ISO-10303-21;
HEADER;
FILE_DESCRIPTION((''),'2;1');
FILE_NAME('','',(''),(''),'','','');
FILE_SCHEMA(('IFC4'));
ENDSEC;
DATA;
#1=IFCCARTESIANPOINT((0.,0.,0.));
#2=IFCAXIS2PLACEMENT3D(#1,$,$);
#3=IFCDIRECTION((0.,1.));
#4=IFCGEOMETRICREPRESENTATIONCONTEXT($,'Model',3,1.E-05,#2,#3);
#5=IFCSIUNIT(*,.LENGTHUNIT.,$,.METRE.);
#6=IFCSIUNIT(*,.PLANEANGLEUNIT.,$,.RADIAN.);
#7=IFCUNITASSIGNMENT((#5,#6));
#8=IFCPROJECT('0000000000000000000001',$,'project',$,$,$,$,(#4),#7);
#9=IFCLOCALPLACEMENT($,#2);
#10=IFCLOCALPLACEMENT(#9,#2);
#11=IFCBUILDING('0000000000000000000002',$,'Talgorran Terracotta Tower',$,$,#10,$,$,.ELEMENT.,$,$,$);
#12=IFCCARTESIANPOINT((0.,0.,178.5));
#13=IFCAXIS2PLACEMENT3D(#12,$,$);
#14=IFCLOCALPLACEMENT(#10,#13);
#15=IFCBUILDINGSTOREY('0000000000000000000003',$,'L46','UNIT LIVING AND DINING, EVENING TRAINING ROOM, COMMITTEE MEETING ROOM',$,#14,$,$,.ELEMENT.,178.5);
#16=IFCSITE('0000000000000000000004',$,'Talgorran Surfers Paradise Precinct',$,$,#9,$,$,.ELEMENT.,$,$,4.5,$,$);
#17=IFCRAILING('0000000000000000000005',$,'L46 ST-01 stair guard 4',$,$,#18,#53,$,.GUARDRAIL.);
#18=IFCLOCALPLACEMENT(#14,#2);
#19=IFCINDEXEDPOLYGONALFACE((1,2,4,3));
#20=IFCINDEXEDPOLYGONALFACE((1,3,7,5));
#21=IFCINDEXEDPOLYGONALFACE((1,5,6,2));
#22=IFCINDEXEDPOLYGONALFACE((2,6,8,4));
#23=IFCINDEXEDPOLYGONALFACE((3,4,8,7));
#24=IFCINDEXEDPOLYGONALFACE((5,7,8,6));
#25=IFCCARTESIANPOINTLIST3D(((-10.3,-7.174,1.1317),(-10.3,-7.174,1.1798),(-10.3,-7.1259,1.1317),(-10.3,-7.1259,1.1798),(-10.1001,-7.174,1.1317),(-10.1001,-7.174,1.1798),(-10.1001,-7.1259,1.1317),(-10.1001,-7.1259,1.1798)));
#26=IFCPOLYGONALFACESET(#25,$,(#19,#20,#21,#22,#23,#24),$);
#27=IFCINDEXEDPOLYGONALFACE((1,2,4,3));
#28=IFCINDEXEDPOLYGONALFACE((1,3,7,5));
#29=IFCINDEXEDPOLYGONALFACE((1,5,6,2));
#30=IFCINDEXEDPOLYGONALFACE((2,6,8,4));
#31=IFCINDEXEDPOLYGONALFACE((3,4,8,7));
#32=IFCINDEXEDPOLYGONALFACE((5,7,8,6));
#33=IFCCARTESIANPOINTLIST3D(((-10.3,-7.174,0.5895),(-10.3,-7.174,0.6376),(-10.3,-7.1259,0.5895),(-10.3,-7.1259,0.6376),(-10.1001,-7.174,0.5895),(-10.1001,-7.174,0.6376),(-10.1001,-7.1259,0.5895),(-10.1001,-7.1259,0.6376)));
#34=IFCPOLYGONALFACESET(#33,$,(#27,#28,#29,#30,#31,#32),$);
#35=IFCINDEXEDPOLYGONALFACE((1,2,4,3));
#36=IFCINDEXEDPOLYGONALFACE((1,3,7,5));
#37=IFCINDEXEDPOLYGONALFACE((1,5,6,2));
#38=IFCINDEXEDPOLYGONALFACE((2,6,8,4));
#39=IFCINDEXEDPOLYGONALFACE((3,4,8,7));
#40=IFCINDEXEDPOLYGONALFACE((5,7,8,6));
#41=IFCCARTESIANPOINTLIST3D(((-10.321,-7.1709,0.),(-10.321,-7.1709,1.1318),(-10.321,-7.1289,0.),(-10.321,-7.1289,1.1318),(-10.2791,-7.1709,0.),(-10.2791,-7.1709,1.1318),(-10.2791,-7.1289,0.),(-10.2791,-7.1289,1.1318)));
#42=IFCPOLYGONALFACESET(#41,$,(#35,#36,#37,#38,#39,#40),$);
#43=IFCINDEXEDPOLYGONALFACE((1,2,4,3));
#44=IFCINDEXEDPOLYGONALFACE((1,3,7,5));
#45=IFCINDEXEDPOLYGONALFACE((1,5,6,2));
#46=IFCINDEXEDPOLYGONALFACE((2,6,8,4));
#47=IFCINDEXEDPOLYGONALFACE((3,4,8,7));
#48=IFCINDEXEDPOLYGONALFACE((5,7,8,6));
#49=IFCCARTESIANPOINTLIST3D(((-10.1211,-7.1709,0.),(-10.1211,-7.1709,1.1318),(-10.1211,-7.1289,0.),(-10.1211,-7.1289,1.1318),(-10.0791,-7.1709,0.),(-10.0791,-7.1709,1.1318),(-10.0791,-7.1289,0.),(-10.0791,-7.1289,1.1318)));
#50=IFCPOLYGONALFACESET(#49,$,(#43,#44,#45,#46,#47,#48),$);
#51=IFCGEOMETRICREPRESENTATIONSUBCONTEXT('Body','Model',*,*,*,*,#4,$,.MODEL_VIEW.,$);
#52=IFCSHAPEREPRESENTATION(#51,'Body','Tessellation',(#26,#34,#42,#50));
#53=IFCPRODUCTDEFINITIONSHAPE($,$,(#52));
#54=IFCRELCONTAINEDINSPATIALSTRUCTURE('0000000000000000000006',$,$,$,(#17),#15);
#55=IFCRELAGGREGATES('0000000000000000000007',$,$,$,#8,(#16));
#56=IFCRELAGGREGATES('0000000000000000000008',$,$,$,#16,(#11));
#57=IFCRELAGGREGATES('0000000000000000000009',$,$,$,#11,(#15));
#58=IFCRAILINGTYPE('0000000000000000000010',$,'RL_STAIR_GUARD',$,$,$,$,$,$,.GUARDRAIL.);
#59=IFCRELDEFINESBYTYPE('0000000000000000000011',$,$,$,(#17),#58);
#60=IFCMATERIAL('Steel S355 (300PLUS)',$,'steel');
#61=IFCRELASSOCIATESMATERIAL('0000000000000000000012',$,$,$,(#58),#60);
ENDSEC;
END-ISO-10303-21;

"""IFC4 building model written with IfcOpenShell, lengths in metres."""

from ifc_helpers import new_model, si_unit, direction, frame, origin, origin_2d, place, context, subcontext, project, spatial, rectangle, extrude, material, type_object, element, save


model = new_model("IFC4")

# Units and contexts
model_context = context("Model", 3, precision=1e-05, world=origin(), true_north=direction((0.0, 1.0)))
body_context = subcontext(model_context, "Body", "Model", "MODEL_VIEW")
ifc_project = project(units=[si_unit("LENGTHUNIT", "METRE"), si_unit("PLANEANGLEUNIT", "RADIAN")], contexts=[model_context])

# Site, building, storey
site_placement = place(None, origin())
site = spatial("IfcSite", under=ifc_project, at=site_placement, Name="Talgorran Surfers Paradise Precinct", CompositionType="ELEMENT", RefElevation=4.5)
building_placement = place(site_placement, origin())
building = spatial("IfcBuilding", under=site, at=building_placement, Name="Talgorran Terracotta Tower", CompositionType="ELEMENT")
storey_placement = place(building_placement, frame((0.0, 0.0, 178.5)))
storey = spatial("IfcBuildingStorey", under=building, at=storey_placement, Name="L46", Description="UNIT LIVING AND DINING, EVENING TRAINING ROOM, COMMITTEE MEETING ROOM", CompositionType="ELEMENT", Elevation=178.5)

# Railing
ifc_material_1 = material(Name="Steel S355 (300PLUS)", Category="steel")
railing_type_1 = type_object("IfcRailingType", Name="RL_STAIR_GUARD", PredefinedType="GUARDRAIL", material=ifc_material_1)
railing_1_placement = place(storey_placement, frame((-10.3, -7.1499, 0.0)))
element("IfcRailing", 1, at=railing_1_placement, inside=storey, type_object=railing_type_1, Name="L46 ST-01 stair guard 4", PredefinedType="GUARDRAIL", context=body_context, shape_type="SweptSolid", body=[
    extrude(rectangle(XDim=0.0481, YDim=0.0481, at=origin_2d()), frame((0.0, 0.0, 1.1558), z_axis=(1.0, 0.0, 0.0), x_axis=(0.0, 1.0, 0.0)), (0.0, 0.0, 1.0), 0.2),
    extrude(rectangle(XDim=0.0481, YDim=0.0481, at=origin_2d()), frame((0.0, 0.0, 0.6135), z_axis=(1.0, 0.0, 0.0), x_axis=(0.0, 1.0, 0.0)), (0.0, 0.0, 1.0), 0.2),
    extrude(rectangle(XDim=0.042, YDim=0.042, at=origin_2d()), origin(), (0.0, 0.0, 1.0), 1.1318),
    extrude(rectangle(XDim=0.042, YDim=0.042, at=origin_2d()), frame((0.2, 0.0, 0.0)), (0.0, 0.0, 1.0), 1.1318),
])

save(model, "model.ifc")
